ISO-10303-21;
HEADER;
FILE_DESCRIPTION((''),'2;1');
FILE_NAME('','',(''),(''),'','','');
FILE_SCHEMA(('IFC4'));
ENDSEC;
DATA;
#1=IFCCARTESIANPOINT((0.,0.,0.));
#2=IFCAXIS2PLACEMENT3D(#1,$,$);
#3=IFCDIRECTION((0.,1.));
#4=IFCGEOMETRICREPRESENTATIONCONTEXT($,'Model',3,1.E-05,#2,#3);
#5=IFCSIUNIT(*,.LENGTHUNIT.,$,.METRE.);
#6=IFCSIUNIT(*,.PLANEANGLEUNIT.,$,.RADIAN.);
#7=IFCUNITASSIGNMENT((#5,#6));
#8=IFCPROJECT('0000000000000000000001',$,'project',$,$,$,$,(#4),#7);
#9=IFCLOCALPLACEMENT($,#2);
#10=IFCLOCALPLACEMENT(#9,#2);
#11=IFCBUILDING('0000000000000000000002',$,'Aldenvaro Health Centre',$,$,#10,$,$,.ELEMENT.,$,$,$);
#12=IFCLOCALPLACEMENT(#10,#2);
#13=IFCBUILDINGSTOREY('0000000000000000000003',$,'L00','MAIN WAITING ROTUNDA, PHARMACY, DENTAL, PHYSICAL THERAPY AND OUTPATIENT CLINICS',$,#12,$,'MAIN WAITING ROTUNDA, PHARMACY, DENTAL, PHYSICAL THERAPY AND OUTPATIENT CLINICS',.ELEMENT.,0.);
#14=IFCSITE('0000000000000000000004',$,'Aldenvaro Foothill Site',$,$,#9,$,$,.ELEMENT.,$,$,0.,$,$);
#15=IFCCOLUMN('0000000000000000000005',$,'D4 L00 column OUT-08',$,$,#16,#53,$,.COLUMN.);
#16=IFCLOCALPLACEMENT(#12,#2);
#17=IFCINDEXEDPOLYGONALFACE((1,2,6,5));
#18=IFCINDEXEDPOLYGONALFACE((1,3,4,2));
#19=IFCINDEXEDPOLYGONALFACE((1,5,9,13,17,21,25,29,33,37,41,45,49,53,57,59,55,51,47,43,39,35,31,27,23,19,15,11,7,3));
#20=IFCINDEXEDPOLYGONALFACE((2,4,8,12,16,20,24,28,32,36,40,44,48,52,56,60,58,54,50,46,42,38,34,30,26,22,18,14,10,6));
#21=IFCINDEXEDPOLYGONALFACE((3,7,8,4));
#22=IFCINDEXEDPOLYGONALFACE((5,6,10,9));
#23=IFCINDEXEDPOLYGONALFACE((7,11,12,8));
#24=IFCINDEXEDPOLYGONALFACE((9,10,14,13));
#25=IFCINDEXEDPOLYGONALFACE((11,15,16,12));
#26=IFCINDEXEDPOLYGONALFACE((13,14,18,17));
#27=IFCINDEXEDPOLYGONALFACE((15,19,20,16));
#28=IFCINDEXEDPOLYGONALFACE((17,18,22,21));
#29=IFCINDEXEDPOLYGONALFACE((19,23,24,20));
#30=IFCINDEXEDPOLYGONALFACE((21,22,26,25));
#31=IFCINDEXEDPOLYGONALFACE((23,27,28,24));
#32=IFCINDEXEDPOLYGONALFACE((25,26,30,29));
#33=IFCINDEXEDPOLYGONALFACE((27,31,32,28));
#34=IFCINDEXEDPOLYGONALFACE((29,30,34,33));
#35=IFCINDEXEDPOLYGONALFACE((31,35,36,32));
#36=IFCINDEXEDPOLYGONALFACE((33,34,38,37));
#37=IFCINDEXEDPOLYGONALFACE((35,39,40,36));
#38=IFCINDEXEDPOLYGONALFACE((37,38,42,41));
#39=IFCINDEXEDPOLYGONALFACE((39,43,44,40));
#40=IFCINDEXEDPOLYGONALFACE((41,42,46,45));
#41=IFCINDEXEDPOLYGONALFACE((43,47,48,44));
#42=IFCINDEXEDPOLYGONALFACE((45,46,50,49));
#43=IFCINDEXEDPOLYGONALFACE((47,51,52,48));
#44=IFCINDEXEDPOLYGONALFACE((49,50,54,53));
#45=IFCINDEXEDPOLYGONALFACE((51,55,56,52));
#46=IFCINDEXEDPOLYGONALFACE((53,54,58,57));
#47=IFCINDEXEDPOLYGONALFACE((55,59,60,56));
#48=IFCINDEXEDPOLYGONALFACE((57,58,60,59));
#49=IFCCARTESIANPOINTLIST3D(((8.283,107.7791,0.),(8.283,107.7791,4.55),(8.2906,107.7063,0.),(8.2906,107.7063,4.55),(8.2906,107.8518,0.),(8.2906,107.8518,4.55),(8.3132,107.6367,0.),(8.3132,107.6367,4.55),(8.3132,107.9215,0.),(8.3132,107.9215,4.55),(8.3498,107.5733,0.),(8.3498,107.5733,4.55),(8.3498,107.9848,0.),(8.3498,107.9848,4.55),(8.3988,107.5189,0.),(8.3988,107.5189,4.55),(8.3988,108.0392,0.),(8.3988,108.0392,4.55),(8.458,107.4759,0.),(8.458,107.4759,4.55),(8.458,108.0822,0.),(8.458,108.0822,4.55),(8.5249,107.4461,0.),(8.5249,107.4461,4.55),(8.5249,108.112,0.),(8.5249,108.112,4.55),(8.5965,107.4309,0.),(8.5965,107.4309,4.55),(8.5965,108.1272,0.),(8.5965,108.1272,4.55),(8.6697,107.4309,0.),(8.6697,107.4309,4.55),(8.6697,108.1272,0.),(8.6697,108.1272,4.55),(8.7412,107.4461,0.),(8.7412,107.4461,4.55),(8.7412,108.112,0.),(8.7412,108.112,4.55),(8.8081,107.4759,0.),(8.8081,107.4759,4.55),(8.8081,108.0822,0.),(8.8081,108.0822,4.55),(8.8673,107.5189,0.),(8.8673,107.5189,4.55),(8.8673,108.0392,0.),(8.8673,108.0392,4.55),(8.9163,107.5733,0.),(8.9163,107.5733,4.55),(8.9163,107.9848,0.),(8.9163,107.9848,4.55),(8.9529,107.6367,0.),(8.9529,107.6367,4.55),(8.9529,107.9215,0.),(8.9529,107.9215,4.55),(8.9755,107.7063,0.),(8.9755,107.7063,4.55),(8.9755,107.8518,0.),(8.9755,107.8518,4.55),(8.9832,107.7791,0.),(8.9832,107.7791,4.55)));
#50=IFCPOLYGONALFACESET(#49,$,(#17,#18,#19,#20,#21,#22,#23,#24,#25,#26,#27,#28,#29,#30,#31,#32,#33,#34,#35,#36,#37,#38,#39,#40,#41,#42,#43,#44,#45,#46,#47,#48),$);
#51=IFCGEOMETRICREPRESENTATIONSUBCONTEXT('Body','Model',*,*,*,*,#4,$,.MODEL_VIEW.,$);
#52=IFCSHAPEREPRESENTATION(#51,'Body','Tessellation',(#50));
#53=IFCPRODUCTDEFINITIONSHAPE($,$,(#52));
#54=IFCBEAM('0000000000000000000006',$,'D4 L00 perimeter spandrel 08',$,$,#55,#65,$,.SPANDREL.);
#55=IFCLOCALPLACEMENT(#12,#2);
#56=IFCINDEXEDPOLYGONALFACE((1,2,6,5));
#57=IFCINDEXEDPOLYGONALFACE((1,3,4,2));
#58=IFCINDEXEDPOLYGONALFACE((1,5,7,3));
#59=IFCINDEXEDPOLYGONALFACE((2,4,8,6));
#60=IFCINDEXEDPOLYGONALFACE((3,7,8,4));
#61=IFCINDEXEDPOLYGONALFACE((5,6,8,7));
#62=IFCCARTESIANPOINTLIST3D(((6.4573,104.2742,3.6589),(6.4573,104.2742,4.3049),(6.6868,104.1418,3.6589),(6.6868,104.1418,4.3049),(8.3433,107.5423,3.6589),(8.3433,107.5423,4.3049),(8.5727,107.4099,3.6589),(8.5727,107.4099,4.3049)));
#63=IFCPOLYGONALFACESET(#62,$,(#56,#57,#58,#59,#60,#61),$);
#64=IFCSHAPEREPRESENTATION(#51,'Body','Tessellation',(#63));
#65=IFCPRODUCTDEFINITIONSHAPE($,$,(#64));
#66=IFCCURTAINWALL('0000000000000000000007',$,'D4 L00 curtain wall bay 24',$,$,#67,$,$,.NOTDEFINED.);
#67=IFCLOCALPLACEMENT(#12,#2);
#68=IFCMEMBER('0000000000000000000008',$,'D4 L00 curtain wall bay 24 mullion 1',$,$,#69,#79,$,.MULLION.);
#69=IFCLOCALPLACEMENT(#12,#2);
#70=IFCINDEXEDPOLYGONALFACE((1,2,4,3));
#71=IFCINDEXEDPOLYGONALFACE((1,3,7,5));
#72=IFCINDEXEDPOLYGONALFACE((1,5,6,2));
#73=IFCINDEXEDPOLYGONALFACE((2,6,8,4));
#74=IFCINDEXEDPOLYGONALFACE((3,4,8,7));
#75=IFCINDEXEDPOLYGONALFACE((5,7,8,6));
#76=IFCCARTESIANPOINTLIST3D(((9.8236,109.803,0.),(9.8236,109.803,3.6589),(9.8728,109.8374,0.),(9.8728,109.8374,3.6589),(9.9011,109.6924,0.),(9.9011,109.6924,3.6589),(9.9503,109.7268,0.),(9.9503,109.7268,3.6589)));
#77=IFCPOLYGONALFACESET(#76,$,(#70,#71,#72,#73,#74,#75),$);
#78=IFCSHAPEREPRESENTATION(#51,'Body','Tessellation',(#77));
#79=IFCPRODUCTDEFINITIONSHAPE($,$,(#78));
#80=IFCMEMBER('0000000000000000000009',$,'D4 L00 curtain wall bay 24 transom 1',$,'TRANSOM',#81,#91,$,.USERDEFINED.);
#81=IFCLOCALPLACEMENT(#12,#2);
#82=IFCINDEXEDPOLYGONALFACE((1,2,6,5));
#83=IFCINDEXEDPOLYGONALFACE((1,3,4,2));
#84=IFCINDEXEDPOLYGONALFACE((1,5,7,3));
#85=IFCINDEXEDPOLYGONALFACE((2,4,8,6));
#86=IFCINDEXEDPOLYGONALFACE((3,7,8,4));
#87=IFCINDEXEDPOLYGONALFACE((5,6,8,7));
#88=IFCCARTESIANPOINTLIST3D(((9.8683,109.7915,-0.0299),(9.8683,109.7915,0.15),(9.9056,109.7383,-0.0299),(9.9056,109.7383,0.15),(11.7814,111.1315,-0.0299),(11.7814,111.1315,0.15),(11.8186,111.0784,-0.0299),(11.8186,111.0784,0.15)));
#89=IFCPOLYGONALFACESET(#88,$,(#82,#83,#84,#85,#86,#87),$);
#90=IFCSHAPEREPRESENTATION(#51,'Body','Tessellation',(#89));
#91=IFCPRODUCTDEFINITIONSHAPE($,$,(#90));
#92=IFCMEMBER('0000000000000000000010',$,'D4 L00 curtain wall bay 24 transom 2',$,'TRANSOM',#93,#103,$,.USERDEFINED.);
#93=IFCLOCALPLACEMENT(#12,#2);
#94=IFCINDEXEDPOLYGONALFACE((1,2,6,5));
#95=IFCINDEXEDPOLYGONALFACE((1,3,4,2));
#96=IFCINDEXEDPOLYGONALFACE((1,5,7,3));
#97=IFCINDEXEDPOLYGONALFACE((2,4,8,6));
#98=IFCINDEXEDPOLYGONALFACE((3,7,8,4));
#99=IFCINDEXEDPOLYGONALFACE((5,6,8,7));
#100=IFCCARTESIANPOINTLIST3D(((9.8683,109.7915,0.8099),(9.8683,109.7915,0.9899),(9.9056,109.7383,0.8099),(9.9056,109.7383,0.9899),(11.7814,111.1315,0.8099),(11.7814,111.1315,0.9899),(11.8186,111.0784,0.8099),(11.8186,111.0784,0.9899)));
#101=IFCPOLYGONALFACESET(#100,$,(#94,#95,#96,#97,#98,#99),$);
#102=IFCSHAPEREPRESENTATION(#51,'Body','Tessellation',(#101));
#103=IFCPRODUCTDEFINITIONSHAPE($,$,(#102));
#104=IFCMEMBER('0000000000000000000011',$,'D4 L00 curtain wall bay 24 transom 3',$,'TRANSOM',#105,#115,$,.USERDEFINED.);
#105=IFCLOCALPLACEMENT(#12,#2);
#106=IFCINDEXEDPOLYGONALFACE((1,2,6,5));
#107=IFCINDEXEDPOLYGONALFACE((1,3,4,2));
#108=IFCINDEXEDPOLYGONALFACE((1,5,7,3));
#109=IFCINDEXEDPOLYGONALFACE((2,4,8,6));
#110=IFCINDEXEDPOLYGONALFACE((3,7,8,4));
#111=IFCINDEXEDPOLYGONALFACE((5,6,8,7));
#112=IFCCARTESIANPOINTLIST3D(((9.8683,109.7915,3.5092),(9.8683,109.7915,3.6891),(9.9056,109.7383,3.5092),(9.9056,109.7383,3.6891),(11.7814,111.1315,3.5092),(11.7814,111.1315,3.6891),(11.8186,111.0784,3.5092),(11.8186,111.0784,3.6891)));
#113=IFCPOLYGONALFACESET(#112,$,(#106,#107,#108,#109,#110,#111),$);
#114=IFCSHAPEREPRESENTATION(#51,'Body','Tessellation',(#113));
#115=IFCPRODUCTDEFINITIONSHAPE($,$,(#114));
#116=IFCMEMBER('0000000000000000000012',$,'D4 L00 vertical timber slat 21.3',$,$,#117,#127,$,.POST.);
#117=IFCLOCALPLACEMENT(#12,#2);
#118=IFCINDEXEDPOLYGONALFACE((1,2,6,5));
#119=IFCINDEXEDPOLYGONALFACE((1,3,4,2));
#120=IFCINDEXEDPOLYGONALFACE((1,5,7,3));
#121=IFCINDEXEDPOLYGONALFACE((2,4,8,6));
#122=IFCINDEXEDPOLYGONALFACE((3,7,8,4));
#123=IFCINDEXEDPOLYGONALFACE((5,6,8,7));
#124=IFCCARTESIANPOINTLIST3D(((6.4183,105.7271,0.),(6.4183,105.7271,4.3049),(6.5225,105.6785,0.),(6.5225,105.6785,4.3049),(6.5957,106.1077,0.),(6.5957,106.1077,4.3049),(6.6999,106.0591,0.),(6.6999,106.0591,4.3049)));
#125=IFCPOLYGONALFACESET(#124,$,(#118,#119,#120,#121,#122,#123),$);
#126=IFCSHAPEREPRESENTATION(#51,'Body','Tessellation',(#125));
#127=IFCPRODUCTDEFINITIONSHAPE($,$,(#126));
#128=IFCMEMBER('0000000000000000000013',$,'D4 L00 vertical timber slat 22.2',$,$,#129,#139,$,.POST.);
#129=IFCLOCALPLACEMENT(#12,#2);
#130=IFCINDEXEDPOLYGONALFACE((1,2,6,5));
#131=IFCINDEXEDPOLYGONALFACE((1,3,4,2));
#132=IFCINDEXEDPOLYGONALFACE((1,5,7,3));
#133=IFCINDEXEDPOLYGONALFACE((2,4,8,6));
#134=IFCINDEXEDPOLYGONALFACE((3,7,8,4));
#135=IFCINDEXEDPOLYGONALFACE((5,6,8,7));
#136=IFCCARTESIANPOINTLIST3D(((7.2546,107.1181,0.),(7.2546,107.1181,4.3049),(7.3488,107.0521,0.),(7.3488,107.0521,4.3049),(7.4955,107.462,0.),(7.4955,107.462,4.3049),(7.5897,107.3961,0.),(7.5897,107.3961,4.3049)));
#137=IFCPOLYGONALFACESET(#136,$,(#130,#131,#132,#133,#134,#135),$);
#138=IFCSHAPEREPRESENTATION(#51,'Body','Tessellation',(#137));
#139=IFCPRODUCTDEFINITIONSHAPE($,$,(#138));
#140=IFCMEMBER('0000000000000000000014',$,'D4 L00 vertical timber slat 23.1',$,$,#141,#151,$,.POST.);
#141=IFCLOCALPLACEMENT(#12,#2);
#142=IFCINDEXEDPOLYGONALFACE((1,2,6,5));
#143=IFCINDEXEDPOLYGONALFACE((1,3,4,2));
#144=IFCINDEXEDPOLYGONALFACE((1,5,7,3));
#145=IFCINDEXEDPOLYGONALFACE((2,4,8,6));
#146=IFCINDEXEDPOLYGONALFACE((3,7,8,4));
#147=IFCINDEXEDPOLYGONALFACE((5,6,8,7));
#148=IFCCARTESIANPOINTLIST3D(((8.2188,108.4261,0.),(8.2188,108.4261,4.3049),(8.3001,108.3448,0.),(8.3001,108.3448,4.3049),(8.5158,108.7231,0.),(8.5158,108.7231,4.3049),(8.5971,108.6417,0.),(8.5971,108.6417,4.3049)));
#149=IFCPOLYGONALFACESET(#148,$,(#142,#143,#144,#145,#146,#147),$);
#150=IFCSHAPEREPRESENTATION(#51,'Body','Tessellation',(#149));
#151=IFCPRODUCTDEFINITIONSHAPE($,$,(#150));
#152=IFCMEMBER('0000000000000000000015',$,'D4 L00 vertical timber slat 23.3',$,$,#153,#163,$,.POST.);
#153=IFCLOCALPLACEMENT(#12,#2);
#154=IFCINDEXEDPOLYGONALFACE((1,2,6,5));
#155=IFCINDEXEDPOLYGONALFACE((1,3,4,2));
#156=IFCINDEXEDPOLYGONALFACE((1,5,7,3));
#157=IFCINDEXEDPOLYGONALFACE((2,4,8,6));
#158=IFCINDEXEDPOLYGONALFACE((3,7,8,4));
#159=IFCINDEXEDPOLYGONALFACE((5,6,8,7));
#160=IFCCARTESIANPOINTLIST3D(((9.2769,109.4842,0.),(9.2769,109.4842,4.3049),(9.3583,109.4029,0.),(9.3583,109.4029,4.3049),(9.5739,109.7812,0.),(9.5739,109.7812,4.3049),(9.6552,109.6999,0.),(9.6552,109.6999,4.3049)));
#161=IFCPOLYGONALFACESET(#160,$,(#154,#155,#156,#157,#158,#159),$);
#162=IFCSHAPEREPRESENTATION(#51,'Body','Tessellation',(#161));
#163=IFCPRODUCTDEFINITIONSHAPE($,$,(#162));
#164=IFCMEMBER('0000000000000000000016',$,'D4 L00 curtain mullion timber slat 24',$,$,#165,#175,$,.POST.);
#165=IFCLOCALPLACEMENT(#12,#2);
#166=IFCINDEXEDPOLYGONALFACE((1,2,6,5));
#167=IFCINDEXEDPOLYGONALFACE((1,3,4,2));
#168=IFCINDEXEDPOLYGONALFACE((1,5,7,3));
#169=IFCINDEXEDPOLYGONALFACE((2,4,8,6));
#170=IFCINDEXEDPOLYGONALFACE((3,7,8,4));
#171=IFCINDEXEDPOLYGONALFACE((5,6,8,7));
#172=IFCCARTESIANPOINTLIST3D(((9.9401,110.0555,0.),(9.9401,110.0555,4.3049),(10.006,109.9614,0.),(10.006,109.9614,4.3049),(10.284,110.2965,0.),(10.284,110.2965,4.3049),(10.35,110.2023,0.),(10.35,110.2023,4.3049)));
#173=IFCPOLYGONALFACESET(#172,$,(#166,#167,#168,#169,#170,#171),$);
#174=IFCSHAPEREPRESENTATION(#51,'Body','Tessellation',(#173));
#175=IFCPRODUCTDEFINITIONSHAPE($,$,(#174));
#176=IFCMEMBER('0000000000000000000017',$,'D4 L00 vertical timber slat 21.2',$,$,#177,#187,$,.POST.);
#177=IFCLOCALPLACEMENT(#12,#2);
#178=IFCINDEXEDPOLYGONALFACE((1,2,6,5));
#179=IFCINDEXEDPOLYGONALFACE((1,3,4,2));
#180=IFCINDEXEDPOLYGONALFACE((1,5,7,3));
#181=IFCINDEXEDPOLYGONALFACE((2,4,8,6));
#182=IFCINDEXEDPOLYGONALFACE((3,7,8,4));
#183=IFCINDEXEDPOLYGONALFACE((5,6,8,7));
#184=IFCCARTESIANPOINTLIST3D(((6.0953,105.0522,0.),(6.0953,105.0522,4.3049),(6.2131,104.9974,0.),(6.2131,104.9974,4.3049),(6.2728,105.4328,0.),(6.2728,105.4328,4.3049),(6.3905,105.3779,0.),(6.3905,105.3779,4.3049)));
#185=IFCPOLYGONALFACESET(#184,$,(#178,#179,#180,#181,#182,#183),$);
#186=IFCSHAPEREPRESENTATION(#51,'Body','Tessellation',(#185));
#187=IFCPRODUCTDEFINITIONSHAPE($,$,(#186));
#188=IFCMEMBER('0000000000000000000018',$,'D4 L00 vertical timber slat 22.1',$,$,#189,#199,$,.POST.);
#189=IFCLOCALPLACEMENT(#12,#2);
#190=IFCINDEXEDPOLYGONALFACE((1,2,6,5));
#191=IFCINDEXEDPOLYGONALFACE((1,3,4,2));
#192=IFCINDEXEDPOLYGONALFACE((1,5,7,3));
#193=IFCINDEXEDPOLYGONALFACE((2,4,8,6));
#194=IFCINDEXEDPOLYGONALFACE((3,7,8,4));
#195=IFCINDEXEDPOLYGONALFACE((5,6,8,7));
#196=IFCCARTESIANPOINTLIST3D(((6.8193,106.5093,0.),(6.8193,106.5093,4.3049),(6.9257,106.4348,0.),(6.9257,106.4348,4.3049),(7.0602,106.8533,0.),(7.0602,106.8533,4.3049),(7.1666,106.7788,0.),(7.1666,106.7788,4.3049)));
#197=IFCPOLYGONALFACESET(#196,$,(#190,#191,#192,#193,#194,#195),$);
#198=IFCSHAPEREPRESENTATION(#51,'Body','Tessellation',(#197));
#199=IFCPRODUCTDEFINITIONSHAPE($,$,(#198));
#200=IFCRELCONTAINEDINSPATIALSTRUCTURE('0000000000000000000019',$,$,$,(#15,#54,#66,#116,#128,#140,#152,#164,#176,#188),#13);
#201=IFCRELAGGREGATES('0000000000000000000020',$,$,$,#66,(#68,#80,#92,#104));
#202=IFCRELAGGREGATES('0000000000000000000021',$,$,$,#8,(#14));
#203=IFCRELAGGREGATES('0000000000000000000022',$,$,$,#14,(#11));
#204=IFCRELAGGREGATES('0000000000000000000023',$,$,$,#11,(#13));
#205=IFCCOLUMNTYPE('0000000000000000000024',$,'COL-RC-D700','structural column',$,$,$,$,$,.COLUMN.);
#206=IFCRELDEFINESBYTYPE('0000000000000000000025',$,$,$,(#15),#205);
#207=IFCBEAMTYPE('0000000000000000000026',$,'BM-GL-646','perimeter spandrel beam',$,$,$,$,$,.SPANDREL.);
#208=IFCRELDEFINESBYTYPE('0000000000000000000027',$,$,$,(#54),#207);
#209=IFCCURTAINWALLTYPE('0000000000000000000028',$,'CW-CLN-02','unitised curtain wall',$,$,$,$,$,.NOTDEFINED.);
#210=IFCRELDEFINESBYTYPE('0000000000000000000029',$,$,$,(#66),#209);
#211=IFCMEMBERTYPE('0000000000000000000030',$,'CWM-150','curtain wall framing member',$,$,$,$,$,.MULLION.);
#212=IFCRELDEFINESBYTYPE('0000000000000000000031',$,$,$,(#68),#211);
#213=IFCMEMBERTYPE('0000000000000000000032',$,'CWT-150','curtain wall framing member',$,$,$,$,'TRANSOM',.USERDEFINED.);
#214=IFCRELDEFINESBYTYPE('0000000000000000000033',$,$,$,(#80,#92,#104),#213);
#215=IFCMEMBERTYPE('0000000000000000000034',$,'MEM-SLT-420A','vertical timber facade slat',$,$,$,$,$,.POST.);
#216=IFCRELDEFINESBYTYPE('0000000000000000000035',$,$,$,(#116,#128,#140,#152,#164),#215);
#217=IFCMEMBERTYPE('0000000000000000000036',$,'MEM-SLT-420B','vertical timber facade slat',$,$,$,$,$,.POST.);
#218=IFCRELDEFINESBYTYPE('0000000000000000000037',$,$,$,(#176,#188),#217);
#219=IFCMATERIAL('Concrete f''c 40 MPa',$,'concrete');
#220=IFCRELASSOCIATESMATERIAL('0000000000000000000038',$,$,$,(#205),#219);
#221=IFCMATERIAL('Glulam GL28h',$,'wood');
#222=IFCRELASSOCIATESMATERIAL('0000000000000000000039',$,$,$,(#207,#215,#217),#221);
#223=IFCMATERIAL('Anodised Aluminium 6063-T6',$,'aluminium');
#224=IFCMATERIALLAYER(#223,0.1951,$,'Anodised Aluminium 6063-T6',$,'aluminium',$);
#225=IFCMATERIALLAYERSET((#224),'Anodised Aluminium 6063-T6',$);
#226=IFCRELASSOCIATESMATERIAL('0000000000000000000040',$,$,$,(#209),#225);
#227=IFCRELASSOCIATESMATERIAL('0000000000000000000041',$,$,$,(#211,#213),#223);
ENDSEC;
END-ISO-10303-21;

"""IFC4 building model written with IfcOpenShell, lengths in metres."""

from ifc_helpers import new_model, si_unit, direction, frame, origin, origin_2d, place, context, subcontext, project, spatial, rectangle, circle, extrude, material, layer, layer_set, material_profile, profile_set, type_object, element, aggregate, save


model = new_model("IFC4")

# Units and contexts
model_context = context("Model", 3, precision=1e-05, world=origin(), true_north=direction((0.0, 1.0)))
body_context = subcontext(model_context, "Body", "Model", "MODEL_VIEW")
ifc_project = project(units=[si_unit("LENGTHUNIT", "METRE"), si_unit("PLANEANGLEUNIT", "RADIAN")], contexts=[model_context])

# Site, building, storey
site_placement = place(None, origin())
site = spatial("IfcSite", under=ifc_project, at=site_placement, Name="Aldenvaro Foothill Site", CompositionType="ELEMENT", RefElevation=0.0)
building_placement = place(site_placement, origin())
building = spatial("IfcBuilding", under=site, at=building_placement, Name="Aldenvaro Health Centre", CompositionType="ELEMENT")
storey_placement = place(building_placement, origin())
storey = spatial("IfcBuildingStorey", under=building, at=storey_placement, Name="L00", Description="MAIN WAITING ROTUNDA, PHARMACY, DENTAL, PHYSICAL THERAPY AND OUTPATIENT CLINICS", LongName="MAIN WAITING ROTUNDA, PHARMACY, DENTAL, PHYSICAL THERAPY AND OUTPATIENT CLINICS", CompositionType="ELEMENT", Elevation=0.0)

# Column
ifc_material_1 = material(Name="Concrete f'c 40 MPa", Category="concrete")
ifc_material_profile_1 = material_profile(ifc_material_1, circle(Radius=0.3501, at=origin_2d()), Name="RC D700", Category="concrete")
ifc_profile_set_1 = profile_set([ifc_material_profile_1], Name="Concrete f'c 40 MPa")
column_type = type_object("IfcColumnType", Name="COL-RC-D700", Description="structural column", PredefinedType="COLUMN", material=ifc_profile_set_1)
column_placement = place(storey_placement, frame((8.6331, 107.7791, 0.0), z_axis=(0.0, 0.0, 1.0), x_axis=(1.0, 0.0, 0.0)))
element("IfcColumn", 1, at=column_placement, inside=storey, type_object=column_type, Name="D4 L00 column OUT-08", PredefinedType="COLUMN", context=body_context, shape_type="SweptSolid", body=[
    extrude(circle(Radius=0.3501, at=origin_2d()), origin(), (0.0, 0.0, 1.0), 4.55),
])

# Beam
ifc_material_2 = material(Name="Glulam GL28h", Category="wood")
ifc_material_profile_2 = material_profile(ifc_material_2, rectangle(XDim=0.2649, YDim=0.646, at=origin_2d()), Name="GL 265x646", Category="wood")
ifc_profile_set_2 = profile_set([ifc_material_profile_2], Name="Glulam GL28h")
beam_type = type_object("IfcBeamType", Name="BM-GL-646", Description="perimeter spandrel beam", PredefinedType="SPANDREL", material=ifc_profile_set_2)
beam_placement = place(storey_placement, frame((8.458, 107.4761, 3.9819), z_axis=(-0.499834, -0.866121, 0.0), x_axis=(0.866121, -0.499834, 0.0)))
element("IfcBeam", 2, at=beam_placement, inside=storey, type_object=beam_type, Name="D4 L00 perimeter spandrel 08", PredefinedType="SPANDREL", context=body_context, shape_type="SweptSolid", body=[
    extrude(rectangle(XDim=0.2649, YDim=0.646, at=origin_2d()), origin(), (0.0, 0.0, 1.0), 3.7732),
])

# Curtain wall, members
ifc_material_3 = material(Name="Anodised Aluminium 6063-T6", Category="aluminium")
ifc_layer_1 = layer(ifc_material_3, 0.1951, Name="Anodised Aluminium 6063-T6", Category="aluminium")
ifc_layer_set_1 = layer_set([ifc_layer_1], Name="Anodised Aluminium 6063-T6")
curtain_wall_type = type_object("IfcCurtainWallType", Name="CW-CLN-02", Description="unitised curtain wall", PredefinedType="NOTDEFINED", material=ifc_layer_set_1)
curtain_wall_placement = place(storey_placement, origin())
curtain_wall = element("IfcCurtainWall", 3, at=curtain_wall_placement, inside=storey, type_object=curtain_wall_type, Name="D4 L00 curtain wall bay 24", PredefinedType="NOTDEFINED")
ifc_material_profile_3 = material_profile(ifc_material_3, rectangle(XDim=0.0601, YDim=0.135, at=origin_2d()), Name="ALU 60x135", Category="aluminium")
ifc_profile_set_3 = profile_set([ifc_material_profile_3], Name="Anodised Aluminium 6063-T6")
member_type_1 = type_object("IfcMemberType", Name="CWM-150", Description="curtain wall framing member", PredefinedType="MULLION", material=ifc_profile_set_3)
member_1_placement = place(storey_placement, frame((9.887, 109.7649, 0.0), z_axis=(0.0, 0.0, 1.0), x_axis=(0.819051, 0.573721, 0.0)))
member_1 = element("IfcMember", 4, at=member_1_placement, type_object=member_type_1, Name="D4 L00 curtain wall bay 24 mullion 1", PredefinedType="MULLION", context=body_context, shape_type="SweptSolid", body=[
    extrude(rectangle(XDim=0.0601, YDim=0.135, at=origin_2d()), origin(), (0.0, 0.0, 1.0), 3.6589),
])
ifc_material_profile_4 = material_profile(ifc_material_3, rectangle(XDim=0.0649, YDim=0.1799, at=origin_2d()), Name="ALU 65x180", Category="aluminium")
ifc_profile_set_4 = profile_set([ifc_material_profile_4], Name="Anodised Aluminium 6063-T6")
member_type_2 = type_object("IfcMemberType", Name="CWT-150", Description="curtain wall framing member", ElementType="TRANSOM", PredefinedType="USERDEFINED", material=ifc_profile_set_4)
member_2_placement = place(storey_placement, frame((9.887, 109.7649, 0.0601), z_axis=(0.819045, 0.573729, 0.0), x_axis=(-0.573729, 0.819045, 0.0)))
member_2 = element("IfcMember", 5, at=member_2_placement, type_object=member_type_2, Name="D4 L00 curtain wall bay 24 transom 1", ObjectType="TRANSOM", PredefinedType="USERDEFINED", context=body_context, shape_type="SweptSolid", body=[
    extrude(rectangle(XDim=0.0649, YDim=0.1799, at=origin_2d()), origin(), (0.0, 0.0, 1.0), 2.3357),
])
member_3_placement = place(storey_placement, frame((9.887, 109.7649, 0.8999), z_axis=(0.819045, 0.573729, 0.0), x_axis=(-0.573729, 0.819045, 0.0)))
member_3 = element("IfcMember", 6, at=member_3_placement, type_object=member_type_2, Name="D4 L00 curtain wall bay 24 transom 2", ObjectType="TRANSOM", PredefinedType="USERDEFINED", context=body_context, shape_type="SweptSolid", body=[
    extrude(rectangle(XDim=0.0649, YDim=0.1799, at=origin_2d()), origin(), (0.0, 0.0, 1.0), 2.3357),
])
member_4_placement = place(storey_placement, frame((9.887, 109.7649, 3.5991), z_axis=(0.819045, 0.573729, 0.0), x_axis=(-0.573729, 0.819045, 0.0)))
member_4 = element("IfcMember", 7, at=member_4_placement, type_object=member_type_2, Name="D4 L00 curtain wall bay 24 transom 3", ObjectType="TRANSOM", PredefinedType="USERDEFINED", context=body_context, shape_type="SweptSolid", body=[
    extrude(rectangle(XDim=0.0649, YDim=0.1799, at=origin_2d()), origin(), (0.0, 0.0, 1.0), 2.3357),
])
aggregate(curtain_wall, [member_1, member_2, member_3, member_4])

# Members
ifc_material_profile_5 = material_profile(ifc_material_2, rectangle(XDim=0.115, YDim=0.4199, at=origin_2d()), Name="GL 115x420", Category="wood")
ifc_profile_set_5 = profile_set([ifc_material_profile_5], Name="Glulam GL28h")
member_type_3 = type_object("IfcMemberType", Name="MEM-SLT-420A", Description="vertical timber facade slat", PredefinedType="POST", material=ifc_profile_set_5)
for number, where, z_axis, x_axis, name in (
    (8, (6.5591, 105.8931, 0.0), (0.0, 0.0, 1.0), (-0.906336, 0.422557, 0.0), "D4 L00 vertical timber slat 21.3"),
    (9, (7.4221, 107.2571, 0.0), (0.0, 0.0, 1.0), (-0.819051, 0.573721, 0.0), "D4 L00 vertical timber slat 22.2"),
    (10, (8.408, 108.5339, 0.0), (0.0, 0.0, 1.0), (-0.707107, 0.707107, 0.0), "D4 L00 vertical timber slat 23.1"),
    (11, (9.4661, 109.592, 0.0), (0.0, 0.0, 1.0), (-0.707107, 0.707107, 0.0), "D4 L00 vertical timber slat 23.3"),
    (12, (10.145, 110.1289, 0.0), (0.0, 0.0, 1.0), (-0.573721, 0.819051, 0.0), "D4 L00 curtain mullion timber slat 24"),
):
    element("IfcMember", number, at=place(storey_placement, frame(where, z_axis=z_axis, x_axis=x_axis)), inside=storey, type_object=member_type_3, Name=name, PredefinedType="POST", context=body_context, shape_type="SweptSolid", body=[
        extrude(rectangle(XDim=0.115, YDim=0.4199, at=origin_2d()), origin(), (0.0, 0.0, 1.0), 4.3049),
    ])
ifc_material_profile_6 = material_profile(ifc_material_2, rectangle(XDim=0.1299, YDim=0.4199, at=origin_2d()), Name="GL 130x420", Category="wood")
ifc_profile_set_6 = profile_set([ifc_material_profile_6], Name="Glulam GL28h")
member_type_4 = type_object("IfcMemberType", Name="MEM-SLT-420B", Description="vertical timber facade slat", PredefinedType="POST", material=ifc_profile_set_6)
for number, where, z_axis, x_axis, name in (
    (13, (6.2429, 105.2151, 0.0), (0.0, 0.0, 1.0), (-0.906336, 0.422557, 0.0), "D4 L00 vertical timber slat 21.2"),
    (14, (6.9929, 106.644, 0.0), (0.0, 0.0, 1.0), (-0.819051, 0.573721, 0.0), "D4 L00 vertical timber slat 22.1"),
):
    element("IfcMember", number, at=place(storey_placement, frame(where, z_axis=z_axis, x_axis=x_axis)), inside=storey, type_object=member_type_4, Name=name, PredefinedType="POST", context=body_context, shape_type="SweptSolid", body=[
        extrude(rectangle(XDim=0.1299, YDim=0.4199, at=origin_2d()), origin(), (0.0, 0.0, 1.0), 4.3049),
    ])

save(model, "model.ifc")
